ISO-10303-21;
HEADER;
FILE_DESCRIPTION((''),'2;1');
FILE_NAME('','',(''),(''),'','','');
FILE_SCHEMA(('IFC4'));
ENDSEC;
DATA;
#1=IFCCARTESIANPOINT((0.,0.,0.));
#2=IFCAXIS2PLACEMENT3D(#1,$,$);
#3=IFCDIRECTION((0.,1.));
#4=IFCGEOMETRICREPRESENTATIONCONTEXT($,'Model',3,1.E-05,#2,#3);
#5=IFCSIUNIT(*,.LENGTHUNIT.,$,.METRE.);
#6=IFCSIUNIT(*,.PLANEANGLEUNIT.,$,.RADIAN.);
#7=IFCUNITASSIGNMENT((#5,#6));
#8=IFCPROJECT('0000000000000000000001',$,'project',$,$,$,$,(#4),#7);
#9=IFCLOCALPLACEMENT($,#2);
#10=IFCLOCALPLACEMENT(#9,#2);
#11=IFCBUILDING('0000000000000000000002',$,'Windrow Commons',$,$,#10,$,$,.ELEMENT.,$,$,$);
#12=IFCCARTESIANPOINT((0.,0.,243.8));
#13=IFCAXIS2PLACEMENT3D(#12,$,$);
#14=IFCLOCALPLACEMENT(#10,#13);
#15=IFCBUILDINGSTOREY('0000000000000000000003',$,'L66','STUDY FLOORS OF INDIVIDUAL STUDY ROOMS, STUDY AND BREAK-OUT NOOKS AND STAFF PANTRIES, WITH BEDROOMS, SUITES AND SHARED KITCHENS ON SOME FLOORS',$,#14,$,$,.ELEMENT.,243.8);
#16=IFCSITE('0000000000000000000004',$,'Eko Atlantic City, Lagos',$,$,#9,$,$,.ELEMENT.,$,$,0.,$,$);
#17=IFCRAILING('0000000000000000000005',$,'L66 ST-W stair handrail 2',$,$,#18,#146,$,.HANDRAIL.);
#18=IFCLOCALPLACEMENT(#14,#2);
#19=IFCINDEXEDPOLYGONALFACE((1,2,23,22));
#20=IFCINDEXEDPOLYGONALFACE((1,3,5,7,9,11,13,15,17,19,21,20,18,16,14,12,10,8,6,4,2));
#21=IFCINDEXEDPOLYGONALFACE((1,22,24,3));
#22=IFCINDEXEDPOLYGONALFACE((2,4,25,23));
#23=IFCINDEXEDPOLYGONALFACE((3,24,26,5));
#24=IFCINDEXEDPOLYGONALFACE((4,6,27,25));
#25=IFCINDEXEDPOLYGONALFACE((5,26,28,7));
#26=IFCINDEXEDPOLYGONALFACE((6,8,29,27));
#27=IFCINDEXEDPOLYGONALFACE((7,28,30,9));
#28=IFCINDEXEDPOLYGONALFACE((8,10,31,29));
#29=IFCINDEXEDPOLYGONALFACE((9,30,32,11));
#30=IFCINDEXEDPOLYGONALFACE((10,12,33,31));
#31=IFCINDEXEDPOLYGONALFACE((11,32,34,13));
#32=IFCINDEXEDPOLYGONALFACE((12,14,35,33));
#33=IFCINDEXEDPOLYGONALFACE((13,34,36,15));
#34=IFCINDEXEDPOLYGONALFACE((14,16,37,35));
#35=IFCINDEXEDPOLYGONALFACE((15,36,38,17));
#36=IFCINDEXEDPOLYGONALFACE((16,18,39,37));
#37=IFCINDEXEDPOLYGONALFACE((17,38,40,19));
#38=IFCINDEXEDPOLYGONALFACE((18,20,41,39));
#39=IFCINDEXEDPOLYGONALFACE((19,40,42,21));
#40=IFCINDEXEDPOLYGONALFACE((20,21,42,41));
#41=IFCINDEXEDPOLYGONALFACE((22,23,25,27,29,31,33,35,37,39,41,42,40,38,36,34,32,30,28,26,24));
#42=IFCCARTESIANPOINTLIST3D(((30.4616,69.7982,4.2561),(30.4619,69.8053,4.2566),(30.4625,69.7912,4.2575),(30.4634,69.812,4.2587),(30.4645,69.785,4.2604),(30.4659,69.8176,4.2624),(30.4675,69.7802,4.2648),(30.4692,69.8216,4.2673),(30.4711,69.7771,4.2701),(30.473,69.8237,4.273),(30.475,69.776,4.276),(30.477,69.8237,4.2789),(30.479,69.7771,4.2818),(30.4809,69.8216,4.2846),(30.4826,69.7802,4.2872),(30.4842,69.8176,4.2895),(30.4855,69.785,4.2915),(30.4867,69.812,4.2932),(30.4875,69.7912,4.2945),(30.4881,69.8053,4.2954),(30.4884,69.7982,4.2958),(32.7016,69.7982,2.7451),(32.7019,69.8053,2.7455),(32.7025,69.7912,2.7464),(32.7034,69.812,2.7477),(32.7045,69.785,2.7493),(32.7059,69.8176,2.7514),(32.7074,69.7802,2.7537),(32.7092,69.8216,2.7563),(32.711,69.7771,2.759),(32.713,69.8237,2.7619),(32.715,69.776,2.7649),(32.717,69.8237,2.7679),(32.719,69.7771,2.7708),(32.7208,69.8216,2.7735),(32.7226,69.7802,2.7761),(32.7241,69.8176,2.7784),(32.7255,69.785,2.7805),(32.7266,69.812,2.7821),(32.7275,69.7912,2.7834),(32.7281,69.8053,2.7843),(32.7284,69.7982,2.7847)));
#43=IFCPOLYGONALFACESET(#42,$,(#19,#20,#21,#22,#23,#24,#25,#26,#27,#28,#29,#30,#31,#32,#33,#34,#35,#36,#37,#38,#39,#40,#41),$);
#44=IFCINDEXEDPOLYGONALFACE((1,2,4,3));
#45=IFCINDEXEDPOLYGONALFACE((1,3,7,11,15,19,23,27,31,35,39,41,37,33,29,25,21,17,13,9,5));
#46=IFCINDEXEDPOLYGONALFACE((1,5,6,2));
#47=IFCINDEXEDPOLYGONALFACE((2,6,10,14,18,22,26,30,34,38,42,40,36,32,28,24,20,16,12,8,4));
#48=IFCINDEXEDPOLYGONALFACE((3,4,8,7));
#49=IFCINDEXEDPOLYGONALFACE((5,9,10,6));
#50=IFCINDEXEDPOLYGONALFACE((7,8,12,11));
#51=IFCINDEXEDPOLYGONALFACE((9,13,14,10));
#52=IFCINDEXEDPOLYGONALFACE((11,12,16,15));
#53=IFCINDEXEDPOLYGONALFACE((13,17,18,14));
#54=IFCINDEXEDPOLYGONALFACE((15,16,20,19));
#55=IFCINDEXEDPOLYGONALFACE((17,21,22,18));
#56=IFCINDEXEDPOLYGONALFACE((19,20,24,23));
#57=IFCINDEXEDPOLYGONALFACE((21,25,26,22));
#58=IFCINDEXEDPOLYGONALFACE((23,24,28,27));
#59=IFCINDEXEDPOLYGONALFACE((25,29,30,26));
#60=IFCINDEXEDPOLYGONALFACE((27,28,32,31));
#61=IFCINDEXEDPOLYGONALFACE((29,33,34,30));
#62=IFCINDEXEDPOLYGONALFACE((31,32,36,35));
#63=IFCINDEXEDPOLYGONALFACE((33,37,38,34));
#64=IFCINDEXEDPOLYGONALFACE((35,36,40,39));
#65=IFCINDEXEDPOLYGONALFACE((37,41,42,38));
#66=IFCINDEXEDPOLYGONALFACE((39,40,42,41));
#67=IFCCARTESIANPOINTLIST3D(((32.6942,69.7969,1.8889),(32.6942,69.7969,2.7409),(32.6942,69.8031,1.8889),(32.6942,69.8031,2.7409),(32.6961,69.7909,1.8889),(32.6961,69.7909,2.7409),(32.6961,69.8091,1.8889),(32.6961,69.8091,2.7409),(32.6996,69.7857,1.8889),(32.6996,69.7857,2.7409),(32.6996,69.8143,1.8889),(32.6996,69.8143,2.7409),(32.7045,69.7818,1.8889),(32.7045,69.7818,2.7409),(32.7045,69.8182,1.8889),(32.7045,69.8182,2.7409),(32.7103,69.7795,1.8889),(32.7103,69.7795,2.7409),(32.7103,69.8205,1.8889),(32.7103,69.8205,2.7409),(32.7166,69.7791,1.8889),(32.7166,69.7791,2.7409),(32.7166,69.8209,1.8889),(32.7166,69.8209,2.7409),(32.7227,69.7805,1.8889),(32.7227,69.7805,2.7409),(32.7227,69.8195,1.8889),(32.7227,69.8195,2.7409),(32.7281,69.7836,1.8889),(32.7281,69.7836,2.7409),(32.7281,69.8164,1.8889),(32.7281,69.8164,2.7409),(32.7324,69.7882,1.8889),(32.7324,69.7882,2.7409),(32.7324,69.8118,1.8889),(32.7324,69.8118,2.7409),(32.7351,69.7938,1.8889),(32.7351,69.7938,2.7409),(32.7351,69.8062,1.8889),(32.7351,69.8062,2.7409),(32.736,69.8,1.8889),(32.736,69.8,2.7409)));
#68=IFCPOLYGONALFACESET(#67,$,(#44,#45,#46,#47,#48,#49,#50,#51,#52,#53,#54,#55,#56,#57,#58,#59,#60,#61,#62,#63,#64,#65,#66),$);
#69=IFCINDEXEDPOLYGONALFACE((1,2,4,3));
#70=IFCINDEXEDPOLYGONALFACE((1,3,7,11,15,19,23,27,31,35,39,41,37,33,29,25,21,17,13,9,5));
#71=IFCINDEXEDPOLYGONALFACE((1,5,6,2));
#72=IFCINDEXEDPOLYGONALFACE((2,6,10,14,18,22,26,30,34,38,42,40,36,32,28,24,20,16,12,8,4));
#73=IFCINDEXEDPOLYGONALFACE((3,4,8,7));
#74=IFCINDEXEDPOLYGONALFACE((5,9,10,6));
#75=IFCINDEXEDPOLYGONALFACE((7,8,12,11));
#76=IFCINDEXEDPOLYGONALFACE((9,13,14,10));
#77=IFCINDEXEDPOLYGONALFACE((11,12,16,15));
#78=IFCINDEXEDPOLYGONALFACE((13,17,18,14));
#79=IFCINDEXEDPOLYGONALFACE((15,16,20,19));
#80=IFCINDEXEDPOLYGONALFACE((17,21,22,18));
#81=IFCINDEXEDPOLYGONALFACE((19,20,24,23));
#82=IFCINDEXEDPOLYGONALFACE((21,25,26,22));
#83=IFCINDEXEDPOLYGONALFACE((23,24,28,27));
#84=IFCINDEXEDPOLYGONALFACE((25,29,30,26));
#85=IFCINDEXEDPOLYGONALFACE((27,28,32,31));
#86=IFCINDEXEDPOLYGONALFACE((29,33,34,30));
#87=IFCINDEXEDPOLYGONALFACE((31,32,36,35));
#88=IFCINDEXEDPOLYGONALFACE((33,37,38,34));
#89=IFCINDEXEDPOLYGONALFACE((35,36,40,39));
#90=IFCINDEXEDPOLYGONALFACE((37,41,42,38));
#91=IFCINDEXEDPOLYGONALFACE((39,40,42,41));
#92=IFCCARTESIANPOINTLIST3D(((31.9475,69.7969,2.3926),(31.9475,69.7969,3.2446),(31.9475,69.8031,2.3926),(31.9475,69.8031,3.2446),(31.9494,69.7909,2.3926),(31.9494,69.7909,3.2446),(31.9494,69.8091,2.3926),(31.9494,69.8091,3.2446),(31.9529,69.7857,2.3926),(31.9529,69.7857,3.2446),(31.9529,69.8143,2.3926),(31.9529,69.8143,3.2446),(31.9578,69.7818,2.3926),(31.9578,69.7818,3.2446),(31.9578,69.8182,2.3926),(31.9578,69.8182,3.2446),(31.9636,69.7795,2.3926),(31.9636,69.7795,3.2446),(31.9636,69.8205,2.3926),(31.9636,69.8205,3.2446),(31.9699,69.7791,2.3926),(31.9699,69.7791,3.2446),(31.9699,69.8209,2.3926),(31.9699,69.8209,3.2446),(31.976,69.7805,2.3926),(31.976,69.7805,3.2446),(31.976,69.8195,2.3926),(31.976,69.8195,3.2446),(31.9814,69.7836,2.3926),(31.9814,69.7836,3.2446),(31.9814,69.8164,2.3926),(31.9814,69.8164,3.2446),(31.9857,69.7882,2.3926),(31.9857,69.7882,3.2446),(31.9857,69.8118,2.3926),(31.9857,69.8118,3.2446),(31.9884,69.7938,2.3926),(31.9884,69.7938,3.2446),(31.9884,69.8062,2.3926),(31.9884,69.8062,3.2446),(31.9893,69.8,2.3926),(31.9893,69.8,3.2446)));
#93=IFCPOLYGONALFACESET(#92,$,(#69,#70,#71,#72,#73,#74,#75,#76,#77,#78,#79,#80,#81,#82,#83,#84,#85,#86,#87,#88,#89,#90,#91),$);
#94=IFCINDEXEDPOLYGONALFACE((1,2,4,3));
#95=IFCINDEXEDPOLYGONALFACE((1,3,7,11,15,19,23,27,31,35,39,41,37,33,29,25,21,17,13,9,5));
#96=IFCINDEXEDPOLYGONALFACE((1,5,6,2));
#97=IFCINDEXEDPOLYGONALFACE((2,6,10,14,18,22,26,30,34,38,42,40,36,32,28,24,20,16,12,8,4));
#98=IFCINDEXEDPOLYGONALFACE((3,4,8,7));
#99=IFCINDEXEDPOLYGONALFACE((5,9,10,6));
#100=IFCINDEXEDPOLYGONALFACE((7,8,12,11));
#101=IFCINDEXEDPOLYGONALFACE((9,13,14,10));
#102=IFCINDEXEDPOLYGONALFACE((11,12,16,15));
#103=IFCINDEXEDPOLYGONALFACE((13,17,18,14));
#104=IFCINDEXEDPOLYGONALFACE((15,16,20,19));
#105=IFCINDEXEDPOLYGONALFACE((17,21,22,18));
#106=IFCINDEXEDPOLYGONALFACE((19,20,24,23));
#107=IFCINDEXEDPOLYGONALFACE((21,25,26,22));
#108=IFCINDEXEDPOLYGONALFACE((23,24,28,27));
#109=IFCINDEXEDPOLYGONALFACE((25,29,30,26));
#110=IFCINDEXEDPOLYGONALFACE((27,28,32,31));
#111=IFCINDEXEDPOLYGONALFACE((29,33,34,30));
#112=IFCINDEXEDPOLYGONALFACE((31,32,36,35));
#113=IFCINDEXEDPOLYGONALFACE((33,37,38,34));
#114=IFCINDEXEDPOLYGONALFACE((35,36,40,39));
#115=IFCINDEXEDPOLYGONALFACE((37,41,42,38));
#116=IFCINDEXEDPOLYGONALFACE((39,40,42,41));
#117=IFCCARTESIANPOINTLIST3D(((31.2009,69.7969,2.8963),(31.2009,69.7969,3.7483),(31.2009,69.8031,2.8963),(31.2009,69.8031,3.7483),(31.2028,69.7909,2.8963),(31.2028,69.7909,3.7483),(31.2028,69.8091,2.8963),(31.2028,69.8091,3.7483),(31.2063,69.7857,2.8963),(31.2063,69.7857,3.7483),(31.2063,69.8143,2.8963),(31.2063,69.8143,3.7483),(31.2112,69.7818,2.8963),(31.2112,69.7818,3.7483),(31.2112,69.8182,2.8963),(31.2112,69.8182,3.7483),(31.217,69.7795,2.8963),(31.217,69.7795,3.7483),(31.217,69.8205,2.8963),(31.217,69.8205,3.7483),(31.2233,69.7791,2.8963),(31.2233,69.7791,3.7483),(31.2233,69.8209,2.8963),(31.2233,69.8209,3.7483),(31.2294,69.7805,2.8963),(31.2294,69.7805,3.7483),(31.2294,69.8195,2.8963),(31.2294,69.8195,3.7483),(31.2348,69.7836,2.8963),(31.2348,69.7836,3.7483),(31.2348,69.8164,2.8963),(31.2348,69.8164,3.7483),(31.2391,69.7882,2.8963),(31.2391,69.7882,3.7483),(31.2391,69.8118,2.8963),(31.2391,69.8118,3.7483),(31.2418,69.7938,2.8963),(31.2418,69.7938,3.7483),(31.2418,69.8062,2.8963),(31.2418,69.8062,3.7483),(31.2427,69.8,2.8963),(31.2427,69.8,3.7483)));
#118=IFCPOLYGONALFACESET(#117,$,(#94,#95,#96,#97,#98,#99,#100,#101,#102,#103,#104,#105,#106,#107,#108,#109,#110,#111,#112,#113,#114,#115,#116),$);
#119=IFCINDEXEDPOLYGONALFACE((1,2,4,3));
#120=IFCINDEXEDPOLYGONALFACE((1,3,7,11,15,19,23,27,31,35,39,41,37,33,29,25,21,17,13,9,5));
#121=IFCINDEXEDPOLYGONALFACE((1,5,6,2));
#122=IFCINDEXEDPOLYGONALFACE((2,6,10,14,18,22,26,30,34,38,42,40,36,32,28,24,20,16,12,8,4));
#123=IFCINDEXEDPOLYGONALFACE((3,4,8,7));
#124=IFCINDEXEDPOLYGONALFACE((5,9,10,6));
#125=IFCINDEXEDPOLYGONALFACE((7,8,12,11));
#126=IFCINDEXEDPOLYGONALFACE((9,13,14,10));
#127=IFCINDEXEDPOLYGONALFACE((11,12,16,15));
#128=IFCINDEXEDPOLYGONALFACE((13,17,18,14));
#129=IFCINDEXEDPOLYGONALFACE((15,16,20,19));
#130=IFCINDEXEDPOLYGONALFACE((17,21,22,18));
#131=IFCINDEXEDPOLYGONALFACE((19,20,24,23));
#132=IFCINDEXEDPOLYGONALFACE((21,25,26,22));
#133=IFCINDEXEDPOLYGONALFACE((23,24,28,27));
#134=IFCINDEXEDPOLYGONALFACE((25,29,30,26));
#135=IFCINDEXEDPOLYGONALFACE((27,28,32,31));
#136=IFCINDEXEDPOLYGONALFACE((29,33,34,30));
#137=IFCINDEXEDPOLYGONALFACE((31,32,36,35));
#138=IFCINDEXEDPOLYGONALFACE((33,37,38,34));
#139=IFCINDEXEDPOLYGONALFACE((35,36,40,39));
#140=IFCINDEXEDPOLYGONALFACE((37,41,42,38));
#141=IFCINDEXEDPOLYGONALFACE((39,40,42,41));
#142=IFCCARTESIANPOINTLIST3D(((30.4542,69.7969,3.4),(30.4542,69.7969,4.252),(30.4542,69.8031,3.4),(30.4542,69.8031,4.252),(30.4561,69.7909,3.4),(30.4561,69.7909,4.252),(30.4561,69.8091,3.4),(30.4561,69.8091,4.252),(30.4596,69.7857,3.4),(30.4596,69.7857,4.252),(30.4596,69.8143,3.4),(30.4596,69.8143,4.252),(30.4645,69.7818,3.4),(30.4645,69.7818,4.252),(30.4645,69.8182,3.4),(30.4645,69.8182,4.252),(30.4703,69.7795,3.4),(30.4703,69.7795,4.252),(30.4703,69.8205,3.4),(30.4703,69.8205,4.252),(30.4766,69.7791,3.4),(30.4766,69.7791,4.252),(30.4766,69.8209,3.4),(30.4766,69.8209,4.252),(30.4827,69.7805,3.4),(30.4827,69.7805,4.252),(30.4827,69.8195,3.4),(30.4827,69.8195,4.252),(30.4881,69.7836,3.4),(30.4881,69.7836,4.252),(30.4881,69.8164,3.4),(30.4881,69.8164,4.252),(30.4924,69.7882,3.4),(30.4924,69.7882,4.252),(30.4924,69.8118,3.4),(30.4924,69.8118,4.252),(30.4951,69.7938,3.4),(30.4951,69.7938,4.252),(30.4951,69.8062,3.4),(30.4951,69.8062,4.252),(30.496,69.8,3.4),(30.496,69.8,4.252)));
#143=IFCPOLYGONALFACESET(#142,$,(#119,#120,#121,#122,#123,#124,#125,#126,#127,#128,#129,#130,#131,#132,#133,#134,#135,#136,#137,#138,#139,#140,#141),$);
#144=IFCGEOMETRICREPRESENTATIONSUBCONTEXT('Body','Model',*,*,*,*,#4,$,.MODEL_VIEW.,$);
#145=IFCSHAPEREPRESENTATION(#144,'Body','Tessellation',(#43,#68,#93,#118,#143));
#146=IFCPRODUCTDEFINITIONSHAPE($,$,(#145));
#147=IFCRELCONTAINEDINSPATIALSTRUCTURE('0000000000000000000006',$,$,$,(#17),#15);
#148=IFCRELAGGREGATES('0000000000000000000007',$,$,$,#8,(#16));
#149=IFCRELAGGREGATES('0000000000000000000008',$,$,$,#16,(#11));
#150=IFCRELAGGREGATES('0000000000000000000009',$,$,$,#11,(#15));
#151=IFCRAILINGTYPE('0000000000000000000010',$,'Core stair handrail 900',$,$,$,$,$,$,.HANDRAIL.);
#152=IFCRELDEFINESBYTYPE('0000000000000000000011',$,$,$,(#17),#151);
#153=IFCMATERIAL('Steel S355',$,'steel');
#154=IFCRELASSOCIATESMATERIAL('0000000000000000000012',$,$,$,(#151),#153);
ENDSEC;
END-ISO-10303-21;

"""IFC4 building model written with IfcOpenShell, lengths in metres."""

from ifc_helpers import new_model, si_unit, direction, frame, origin, origin_2d, place, context, subcontext, project, spatial, circle, extrude, material, type_object, element, save


model = new_model("IFC4")

# Units and contexts
model_context = context("Model", 3, precision=1e-05, world=origin(), true_north=direction((0.0, 1.0)))
body_context = subcontext(model_context, "Body", "Model", "MODEL_VIEW")
ifc_project = project(units=[si_unit("LENGTHUNIT", "METRE"), si_unit("PLANEANGLEUNIT", "RADIAN")], contexts=[model_context])

# Site, building, storey
site_placement = place(None, origin())
site = spatial("IfcSite", under=ifc_project, at=site_placement, Name="Eko Atlantic City, Lagos", CompositionType="ELEMENT", RefElevation=0.0)
building_placement = place(site_placement, origin())
building = spatial("IfcBuilding", under=site, at=building_placement, Name="Windrow Commons", CompositionType="ELEMENT")
storey_placement = place(building_placement, frame((0.0, 0.0, 243.8)))
storey = spatial("IfcBuildingStorey", under=building, at=storey_placement, Name="L66", Description="STUDY FLOORS OF INDIVIDUAL STUDY ROOMS, STUDY AND BREAK-OUT NOOKS AND STAFF PANTRIES, WITH BEDROOMS, SUITES AND SHARED KITCHENS ON SOME FLOORS", CompositionType="ELEMENT", Elevation=243.8)

# Railing
ifc_material_1 = material(Name="Steel S355", Category="steel")
railing_type_1 = type_object("IfcRailingType", Name="Core stair handrail 900", PredefinedType="HANDRAIL", material=ifc_material_1)
railing_1_placement = place(storey_placement, frame((32.715, 69.8, 1.8889)))
element("IfcRailing", 1, at=railing_1_placement, inside=storey, type_object=railing_type_1, Name="L66 ST-W stair handrail 2", PredefinedType="HANDRAIL", context=body_context, shape_type="SweptSolid", body=[
    extrude(circle(Radius=0.024, at=origin_2d()), frame((0.0, 0.0, 0.876), z_axis=(-0.829003, 0.0, 0.559244), x_axis=(0.0, -1.0, 0.0)), (0.0, 0.0, 1.0), 2.702),
    extrude(circle(Radius=0.021, at=origin_2d()), origin(), (0.0, 0.0, 1.0), 0.852),
    extrude(circle(Radius=0.021, at=origin_2d()), frame((-0.7467, 0.0, 0.5037)), (0.0, 0.0, 1.0), 0.852),
    extrude(circle(Radius=0.021, at=origin_2d()), frame((-1.4933, 0.0, 1.0074)), (0.0, 0.0, 1.0), 0.852),
    extrude(circle(Radius=0.021, at=origin_2d()), frame((-2.24, 0.0, 1.5111)), (0.0, 0.0, 1.0), 0.852),
])

save(model, "model.ifc")
